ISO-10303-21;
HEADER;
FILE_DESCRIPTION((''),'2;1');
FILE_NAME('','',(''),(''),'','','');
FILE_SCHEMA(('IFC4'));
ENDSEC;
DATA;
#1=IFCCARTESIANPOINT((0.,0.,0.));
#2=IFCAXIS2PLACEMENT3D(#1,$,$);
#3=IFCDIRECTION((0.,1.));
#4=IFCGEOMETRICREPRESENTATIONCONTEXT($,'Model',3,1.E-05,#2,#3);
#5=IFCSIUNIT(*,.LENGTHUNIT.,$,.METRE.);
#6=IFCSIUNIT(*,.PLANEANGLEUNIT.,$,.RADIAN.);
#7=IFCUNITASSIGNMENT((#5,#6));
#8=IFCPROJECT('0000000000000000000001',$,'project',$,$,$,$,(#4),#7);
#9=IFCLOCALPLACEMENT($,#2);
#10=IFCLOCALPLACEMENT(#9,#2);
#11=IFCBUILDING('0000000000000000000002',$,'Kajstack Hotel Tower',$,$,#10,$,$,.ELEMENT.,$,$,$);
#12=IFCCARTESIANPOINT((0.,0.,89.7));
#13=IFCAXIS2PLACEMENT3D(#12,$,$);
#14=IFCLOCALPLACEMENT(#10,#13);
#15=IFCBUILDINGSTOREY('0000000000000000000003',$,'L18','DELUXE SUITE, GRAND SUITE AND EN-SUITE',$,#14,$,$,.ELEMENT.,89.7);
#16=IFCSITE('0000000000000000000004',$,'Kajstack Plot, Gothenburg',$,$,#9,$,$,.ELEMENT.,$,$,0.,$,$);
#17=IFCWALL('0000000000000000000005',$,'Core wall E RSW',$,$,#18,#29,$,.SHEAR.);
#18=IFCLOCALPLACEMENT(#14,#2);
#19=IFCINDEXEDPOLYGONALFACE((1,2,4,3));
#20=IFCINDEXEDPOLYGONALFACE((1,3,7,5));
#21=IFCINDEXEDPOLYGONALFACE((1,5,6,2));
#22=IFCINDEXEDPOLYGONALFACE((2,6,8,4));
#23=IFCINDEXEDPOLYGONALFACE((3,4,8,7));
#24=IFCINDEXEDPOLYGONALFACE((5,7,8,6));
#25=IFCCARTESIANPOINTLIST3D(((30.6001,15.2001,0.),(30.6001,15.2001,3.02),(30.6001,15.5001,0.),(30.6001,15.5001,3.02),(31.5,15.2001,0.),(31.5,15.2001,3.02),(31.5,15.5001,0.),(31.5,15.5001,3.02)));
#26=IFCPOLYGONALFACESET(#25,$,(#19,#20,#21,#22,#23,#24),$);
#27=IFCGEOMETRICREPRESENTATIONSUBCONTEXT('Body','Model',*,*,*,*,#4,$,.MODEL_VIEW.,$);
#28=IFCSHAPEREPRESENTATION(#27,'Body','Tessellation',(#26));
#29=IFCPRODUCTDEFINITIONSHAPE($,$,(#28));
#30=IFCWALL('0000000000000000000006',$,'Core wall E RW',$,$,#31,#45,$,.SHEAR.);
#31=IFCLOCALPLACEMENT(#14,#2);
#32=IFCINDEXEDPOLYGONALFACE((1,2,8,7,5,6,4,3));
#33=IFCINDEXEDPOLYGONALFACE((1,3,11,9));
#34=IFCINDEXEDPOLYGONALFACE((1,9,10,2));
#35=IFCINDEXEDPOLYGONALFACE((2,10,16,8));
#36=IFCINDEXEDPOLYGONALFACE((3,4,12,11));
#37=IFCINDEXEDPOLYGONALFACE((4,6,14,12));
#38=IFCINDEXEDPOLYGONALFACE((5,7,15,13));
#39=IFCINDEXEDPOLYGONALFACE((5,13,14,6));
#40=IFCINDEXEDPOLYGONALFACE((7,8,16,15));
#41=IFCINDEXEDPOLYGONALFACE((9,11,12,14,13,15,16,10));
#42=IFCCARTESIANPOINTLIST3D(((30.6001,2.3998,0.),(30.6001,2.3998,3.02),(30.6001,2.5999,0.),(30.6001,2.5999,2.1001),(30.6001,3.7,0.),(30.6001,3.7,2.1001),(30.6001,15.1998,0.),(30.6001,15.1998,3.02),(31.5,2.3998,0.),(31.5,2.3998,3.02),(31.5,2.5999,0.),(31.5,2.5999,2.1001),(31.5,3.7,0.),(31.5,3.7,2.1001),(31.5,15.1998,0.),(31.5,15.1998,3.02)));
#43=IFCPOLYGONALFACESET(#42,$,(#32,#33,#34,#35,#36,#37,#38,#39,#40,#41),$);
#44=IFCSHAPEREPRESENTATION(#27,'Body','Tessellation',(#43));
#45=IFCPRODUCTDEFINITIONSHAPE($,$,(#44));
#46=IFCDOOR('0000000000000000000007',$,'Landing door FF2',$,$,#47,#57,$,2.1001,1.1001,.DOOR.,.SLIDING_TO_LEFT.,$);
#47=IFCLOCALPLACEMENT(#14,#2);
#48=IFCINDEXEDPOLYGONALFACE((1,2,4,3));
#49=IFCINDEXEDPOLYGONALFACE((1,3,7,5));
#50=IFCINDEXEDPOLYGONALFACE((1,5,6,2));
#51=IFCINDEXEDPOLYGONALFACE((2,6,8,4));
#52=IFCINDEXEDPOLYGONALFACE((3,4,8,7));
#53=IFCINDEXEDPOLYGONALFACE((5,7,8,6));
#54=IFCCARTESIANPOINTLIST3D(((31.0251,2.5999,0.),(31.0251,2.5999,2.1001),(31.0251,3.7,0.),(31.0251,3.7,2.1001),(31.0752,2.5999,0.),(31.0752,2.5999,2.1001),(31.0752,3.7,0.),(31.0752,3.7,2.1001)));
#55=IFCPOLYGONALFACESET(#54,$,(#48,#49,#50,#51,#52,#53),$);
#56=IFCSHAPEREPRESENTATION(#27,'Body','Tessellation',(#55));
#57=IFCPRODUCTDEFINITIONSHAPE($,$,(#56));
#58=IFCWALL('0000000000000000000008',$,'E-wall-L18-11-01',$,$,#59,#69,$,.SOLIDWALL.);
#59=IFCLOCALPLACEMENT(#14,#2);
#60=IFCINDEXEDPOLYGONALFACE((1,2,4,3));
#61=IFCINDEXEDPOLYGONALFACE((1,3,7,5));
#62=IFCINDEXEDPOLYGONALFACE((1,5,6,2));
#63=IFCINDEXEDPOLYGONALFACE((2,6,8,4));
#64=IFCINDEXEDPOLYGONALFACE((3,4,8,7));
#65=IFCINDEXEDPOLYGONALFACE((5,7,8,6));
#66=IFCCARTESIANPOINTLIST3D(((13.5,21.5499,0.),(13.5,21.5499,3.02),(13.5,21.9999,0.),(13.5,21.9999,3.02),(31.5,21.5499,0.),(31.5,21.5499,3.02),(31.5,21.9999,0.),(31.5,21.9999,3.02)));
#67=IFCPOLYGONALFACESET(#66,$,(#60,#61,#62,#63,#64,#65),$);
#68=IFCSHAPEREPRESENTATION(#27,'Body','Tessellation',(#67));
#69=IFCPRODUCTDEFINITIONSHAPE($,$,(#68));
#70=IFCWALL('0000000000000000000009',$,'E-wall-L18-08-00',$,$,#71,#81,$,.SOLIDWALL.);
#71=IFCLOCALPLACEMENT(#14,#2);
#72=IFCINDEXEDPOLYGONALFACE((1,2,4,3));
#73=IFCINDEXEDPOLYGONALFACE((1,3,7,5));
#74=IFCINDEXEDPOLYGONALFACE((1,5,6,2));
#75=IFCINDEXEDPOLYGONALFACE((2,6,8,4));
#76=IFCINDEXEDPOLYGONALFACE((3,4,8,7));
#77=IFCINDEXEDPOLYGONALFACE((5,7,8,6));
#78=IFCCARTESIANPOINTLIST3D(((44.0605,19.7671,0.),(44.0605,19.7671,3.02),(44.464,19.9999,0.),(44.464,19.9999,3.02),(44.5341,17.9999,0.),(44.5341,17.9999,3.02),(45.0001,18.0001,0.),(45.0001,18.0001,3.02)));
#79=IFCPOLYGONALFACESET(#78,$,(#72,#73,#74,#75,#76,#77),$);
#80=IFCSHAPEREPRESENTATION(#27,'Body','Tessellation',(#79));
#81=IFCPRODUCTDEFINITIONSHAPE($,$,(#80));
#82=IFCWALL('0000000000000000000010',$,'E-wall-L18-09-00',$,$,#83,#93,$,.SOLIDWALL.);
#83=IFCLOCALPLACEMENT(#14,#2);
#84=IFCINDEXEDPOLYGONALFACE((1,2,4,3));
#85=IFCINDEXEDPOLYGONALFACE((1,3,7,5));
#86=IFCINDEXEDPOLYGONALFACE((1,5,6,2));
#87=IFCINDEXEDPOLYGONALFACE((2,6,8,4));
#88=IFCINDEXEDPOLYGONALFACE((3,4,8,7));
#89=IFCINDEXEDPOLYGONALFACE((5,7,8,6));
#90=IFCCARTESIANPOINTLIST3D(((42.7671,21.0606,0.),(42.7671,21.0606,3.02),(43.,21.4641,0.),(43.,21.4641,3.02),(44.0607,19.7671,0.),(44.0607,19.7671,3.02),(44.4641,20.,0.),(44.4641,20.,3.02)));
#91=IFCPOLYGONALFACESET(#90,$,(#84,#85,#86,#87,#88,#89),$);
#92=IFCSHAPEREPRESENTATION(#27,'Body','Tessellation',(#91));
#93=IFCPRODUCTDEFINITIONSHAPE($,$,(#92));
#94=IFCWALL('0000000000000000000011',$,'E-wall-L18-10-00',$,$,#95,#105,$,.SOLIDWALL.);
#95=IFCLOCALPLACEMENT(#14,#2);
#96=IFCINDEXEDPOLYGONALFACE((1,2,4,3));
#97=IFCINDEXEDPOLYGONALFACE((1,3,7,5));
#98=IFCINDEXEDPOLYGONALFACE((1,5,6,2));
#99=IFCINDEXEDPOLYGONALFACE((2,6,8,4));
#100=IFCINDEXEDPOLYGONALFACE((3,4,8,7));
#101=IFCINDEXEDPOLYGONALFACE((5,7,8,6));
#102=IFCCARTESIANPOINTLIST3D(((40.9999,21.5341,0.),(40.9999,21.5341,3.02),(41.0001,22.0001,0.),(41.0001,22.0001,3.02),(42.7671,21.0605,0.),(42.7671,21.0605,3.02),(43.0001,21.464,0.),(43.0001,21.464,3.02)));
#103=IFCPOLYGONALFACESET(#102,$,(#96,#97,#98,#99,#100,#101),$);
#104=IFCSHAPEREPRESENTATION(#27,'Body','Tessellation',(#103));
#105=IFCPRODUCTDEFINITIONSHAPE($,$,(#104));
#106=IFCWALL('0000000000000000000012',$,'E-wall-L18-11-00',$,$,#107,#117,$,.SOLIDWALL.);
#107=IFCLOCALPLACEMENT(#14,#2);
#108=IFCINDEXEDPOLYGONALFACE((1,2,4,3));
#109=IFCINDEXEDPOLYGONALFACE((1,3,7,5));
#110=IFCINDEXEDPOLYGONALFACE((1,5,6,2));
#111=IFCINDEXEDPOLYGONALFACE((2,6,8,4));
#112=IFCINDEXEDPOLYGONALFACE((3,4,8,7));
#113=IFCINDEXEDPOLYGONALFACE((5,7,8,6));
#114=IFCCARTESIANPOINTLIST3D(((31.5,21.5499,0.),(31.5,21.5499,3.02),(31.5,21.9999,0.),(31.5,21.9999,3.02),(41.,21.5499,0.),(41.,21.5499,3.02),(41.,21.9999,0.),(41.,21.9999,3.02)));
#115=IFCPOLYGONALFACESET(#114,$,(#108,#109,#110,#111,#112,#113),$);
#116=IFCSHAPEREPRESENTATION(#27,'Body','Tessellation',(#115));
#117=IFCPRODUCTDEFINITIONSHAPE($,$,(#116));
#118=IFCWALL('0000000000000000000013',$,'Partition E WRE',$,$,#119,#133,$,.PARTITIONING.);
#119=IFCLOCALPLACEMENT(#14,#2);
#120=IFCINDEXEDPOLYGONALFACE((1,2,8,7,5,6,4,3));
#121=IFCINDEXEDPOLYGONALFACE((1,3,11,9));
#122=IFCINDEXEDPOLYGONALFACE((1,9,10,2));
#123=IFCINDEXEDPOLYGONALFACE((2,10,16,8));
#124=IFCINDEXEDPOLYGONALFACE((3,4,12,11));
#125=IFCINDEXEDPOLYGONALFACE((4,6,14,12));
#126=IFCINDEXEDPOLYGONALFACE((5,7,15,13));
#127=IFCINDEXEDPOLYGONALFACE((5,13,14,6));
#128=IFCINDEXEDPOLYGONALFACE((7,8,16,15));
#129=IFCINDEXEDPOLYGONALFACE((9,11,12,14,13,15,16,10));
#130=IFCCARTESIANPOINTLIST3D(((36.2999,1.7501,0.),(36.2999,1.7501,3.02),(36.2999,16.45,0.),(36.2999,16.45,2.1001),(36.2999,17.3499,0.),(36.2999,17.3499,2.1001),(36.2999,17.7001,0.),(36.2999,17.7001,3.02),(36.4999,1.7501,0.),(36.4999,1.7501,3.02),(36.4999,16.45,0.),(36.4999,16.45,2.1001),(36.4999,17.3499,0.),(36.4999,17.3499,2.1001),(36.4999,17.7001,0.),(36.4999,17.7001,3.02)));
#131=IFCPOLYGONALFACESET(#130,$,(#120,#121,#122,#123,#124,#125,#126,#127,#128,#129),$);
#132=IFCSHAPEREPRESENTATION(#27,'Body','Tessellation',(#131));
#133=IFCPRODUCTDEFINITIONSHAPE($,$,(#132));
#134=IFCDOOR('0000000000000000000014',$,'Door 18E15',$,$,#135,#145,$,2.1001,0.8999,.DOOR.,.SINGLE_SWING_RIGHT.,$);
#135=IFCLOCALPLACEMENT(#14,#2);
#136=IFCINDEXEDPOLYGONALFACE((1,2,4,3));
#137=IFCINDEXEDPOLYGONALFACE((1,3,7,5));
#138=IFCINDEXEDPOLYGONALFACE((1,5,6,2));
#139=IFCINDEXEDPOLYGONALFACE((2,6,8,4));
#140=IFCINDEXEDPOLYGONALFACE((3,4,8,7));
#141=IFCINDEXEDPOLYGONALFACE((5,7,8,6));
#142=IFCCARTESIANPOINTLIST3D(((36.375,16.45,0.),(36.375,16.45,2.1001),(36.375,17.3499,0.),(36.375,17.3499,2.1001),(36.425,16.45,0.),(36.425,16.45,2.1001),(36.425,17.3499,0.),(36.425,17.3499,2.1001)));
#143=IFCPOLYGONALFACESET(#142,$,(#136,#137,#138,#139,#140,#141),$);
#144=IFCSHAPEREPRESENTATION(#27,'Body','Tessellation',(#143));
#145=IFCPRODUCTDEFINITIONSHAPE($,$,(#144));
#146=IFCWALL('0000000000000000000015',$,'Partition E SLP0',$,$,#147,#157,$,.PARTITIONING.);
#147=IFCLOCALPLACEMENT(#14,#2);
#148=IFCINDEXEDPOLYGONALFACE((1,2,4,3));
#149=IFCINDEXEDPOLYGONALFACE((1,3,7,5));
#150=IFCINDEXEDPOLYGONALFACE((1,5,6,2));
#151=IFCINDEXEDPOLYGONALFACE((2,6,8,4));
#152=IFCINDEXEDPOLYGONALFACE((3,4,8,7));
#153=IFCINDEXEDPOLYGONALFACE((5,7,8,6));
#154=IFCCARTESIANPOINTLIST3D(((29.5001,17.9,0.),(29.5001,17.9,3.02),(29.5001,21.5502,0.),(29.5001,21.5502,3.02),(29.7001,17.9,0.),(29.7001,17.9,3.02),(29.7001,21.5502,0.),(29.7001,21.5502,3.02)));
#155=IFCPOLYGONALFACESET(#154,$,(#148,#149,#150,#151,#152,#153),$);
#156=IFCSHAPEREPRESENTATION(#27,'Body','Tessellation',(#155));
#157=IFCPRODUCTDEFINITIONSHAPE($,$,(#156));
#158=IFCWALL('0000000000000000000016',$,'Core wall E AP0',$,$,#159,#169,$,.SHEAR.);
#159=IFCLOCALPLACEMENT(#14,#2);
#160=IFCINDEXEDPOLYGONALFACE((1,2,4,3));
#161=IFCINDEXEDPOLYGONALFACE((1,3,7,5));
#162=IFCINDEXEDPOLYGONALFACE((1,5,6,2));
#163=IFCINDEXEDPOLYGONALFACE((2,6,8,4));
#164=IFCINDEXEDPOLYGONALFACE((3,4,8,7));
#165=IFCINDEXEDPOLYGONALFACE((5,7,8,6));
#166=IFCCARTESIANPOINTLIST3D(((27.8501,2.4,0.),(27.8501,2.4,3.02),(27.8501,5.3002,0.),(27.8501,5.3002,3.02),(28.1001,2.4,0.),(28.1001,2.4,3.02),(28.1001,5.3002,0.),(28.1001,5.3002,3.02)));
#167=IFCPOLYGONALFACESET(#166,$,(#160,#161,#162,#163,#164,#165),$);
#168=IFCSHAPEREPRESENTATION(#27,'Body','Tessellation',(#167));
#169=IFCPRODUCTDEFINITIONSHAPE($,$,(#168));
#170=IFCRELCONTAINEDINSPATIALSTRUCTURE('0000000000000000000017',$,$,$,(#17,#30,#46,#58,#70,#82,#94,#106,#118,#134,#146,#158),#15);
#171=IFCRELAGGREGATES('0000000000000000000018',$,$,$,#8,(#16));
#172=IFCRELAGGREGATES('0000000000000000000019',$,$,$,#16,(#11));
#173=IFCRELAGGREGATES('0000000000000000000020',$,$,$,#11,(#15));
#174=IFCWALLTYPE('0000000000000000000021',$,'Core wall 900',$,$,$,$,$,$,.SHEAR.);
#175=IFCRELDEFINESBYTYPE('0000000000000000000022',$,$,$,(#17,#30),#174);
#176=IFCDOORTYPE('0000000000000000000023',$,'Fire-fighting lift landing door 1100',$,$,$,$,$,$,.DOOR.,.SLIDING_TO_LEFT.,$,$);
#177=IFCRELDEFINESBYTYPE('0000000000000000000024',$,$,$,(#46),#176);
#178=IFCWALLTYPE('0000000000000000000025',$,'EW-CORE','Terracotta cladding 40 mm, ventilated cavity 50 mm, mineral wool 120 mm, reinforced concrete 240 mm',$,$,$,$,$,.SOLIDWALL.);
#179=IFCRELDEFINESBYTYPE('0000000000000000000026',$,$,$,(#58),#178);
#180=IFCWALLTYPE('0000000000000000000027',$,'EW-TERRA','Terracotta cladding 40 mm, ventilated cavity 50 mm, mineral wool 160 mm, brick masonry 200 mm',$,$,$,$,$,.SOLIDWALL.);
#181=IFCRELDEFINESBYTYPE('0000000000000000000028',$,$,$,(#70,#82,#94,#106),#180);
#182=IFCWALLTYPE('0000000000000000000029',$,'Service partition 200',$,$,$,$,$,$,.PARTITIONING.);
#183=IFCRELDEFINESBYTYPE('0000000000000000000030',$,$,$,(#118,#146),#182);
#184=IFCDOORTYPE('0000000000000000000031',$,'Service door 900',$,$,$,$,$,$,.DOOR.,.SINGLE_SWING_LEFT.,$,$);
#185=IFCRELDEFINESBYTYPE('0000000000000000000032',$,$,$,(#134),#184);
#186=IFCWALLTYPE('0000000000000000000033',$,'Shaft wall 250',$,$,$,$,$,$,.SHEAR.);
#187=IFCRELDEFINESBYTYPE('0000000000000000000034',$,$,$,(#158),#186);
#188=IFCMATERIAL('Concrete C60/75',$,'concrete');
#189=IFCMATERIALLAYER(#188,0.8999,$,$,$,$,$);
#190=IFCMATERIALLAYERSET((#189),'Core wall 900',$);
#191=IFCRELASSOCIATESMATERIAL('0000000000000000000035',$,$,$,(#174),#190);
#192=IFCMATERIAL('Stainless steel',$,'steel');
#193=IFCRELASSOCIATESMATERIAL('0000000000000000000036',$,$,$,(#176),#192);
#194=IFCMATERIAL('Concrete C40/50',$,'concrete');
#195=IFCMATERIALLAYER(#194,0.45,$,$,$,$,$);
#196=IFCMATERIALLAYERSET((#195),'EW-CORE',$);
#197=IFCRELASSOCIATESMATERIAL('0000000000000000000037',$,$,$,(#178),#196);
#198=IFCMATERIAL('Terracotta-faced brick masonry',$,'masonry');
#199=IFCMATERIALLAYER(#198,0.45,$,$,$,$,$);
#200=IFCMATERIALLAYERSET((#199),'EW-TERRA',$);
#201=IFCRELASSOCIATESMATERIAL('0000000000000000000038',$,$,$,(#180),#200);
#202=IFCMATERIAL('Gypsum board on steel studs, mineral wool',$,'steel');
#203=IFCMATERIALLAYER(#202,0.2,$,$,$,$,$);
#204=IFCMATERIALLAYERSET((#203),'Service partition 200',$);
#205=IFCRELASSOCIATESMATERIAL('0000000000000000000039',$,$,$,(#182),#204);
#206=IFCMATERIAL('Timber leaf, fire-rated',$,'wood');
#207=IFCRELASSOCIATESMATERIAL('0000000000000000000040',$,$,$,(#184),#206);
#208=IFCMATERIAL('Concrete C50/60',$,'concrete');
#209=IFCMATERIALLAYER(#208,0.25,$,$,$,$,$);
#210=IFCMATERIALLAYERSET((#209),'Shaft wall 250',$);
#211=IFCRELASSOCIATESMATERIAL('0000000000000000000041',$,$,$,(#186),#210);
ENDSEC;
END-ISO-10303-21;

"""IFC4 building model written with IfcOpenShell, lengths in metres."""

from ifc_helpers import new_model, si_unit, direction, frame, frame_2d, origin, place, context, subcontext, project, spatial, polyline, rectangle, outline, extrude, material, layer, layer_set, type_object, element, fill, save


model = new_model("IFC4")

# Units and contexts
model_context = context("Model", 3, precision=1e-05, world=origin(), true_north=direction((0.0, 1.0)))
body_context = subcontext(model_context, "Body", "Model", "MODEL_VIEW")
ifc_project = project(units=[si_unit("LENGTHUNIT", "METRE"), si_unit("PLANEANGLEUNIT", "RADIAN")], contexts=[model_context])

# Site, building, storey
site_placement = place(None, origin())
site = spatial("IfcSite", under=ifc_project, at=site_placement, Name="Kajstack Plot, Gothenburg", CompositionType="ELEMENT", RefElevation=0.0)
building_placement = place(site_placement, origin())
building = spatial("IfcBuilding", under=site, at=building_placement, Name="Kajstack Hotel Tower", CompositionType="ELEMENT")
storey_placement = place(building_placement, frame((0.0, 0.0, 89.7)))
storey = spatial("IfcBuildingStorey", under=building, at=storey_placement, Name="L18", Description="DELUXE SUITE, GRAND SUITE AND EN-SUITE", CompositionType="ELEMENT", Elevation=89.7)

# Wall
ifc_material_1 = material(Name="Concrete C60/75", Category="concrete")
ifc_layer_1 = layer(ifc_material_1, 0.8999)
ifc_layer_set_1 = layer_set([ifc_layer_1], Name="Core wall 900")
wall_type_1 = type_object("IfcWallType", Name="Core wall 900", PredefinedType="SHEAR", material=ifc_layer_set_1)
wall_1_placement = place(storey_placement, frame((30.6001, 15.3501, 0.0), z_axis=(0.0, 0.0, 1.0), x_axis=(1.0, 0.0, 0.0)))
element("IfcWall", 1, at=wall_1_placement, inside=storey, type_object=wall_type_1, Name="Core wall E RSW", PredefinedType="SHEAR", context=body_context, shape_type="SweptSolid", body=[
    extrude(rectangle(XDim=0.8999, YDim=0.3, at=frame_2d((0.45, 0.0))), origin(), (0.0, 0.0, 1.0), 3.02),
])

# Wall, opening, door
wall_2_placement = place(storey_placement, frame((31.05, 2.3999, 0.0), z_axis=(0.0, 0.0, 1.0), x_axis=(0.0, 1.0, 0.0)))
wall_2 = element("IfcWall", 2, at=wall_2_placement, inside=storey, type_object=wall_type_1, Name="Core wall E RW", PredefinedType="SHEAR", context=body_context, shape_type="SweptSolid", body=[
    extrude(rectangle(XDim=12.8, YDim=0.8999, at=frame_2d((6.3999, 0.0))), origin(), (0.0, 0.0, 1.0), 3.02),
])
opening_1_placement = place(wall_2_placement, frame((0.2, 0.0, 0.0)))
opening_1 = element("IfcOpeningElement", 3, at=opening_1_placement, cuts=wall_2, PredefinedType="OPENING", context=body_context, shape_type="SweptSolid", body=[
    extrude(rectangle(XDim=1.1001, YDim=2.1001, at=frame_2d((0.55, 1.05))), frame((0.0, 0.46, 0.0), z_axis=(0.0, -1.0, 0.0), x_axis=(1.0, 0.0, 0.0)), (0.0, 0.0, 1.0), 0.9199),
])
ifc_material_2 = material(Name="Stainless steel", Category="steel")
door_type_1 = type_object("IfcDoorType", Name="Fire-fighting lift landing door 1100", OperationType="SLIDING_TO_LEFT", PredefinedType="DOOR", material=ifc_material_2)
door_1_placement = place(opening_1_placement, origin())
door_1 = element("IfcDoor", 4, at=door_1_placement, inside=storey, type_object=door_type_1, Name="Landing door FF2", OperationType="SLIDING_TO_LEFT", OverallHeight=2.1001, OverallWidth=1.1001, PredefinedType="DOOR", context=body_context, shape_type="SweptSolid", body=[
    extrude(rectangle(XDim=1.1001, YDim=2.1001, at=frame_2d((0.55, 1.05))), frame((0.0, 0.0249, 0.0), z_axis=(0.0, -1.0, 0.0), x_axis=(1.0, 0.0, 0.0)), (0.0, 0.0, 1.0), 0.05),
])
fill(opening_1, door_1)

# Walls
ifc_material_3 = material(Name="Concrete C40/50", Category="concrete")
ifc_layer_2 = layer(ifc_material_3, 0.45)
ifc_layer_set_2 = layer_set([ifc_layer_2], Name="EW-CORE")
wall_type_2 = type_object("IfcWallType", Name="EW-CORE", Description="Terracotta cladding 40 mm, ventilated cavity 50 mm, mineral wool 120 mm, reinforced concrete 240 mm", PredefinedType="SOLIDWALL", material=ifc_layer_set_2)
wall_3_placement = place(storey_placement, frame((31.5, 21.7749, 0.0), z_axis=(0.0, 0.0, 1.0), x_axis=(-1.0, 0.0, 0.0)))
element("IfcWall", 5, at=wall_3_placement, inside=storey, type_object=wall_type_2, Name="E-wall-L18-11-01", PredefinedType="SOLIDWALL", context=body_context, shape_type="SweptSolid", body=[
    extrude(rectangle(XDim=18.0, YDim=0.45, at=frame_2d((9.0, 0.0))), origin(), (0.0, 0.0, 1.0), 3.02),
])
ifc_material_4 = material(Name="Terracotta-faced brick masonry", Category="masonry")
ifc_layer_3 = layer(ifc_material_4, 0.45)
ifc_layer_set_3 = layer_set([ifc_layer_3], Name="EW-TERRA")
wall_type_3 = type_object("IfcWallType", Name="EW-TERRA", Description="Terracotta cladding 40 mm, ventilated cavity 50 mm, mineral wool 160 mm, brick masonry 200 mm", PredefinedType="SOLIDWALL", material=ifc_layer_set_3)
wall_4_placement = place(storey_placement, frame((44.7827, 17.9417, 0.0), z_axis=(0.0, 0.0, 1.0), x_axis=(-0.258815, 0.965927, 0.0)))
element("IfcWall", 6, at=wall_4_placement, inside=storey, type_object=wall_type_3, Name="E-wall-L18-08-00", PredefinedType="SOLIDWALL", context=body_context, shape_type="SweptSolid", body=[
    extrude(outline(polyline([(0.0002, -0.2251), (2.0706, -0.2249), (1.9502, 0.2251), (0.1206, 0.2251), (0.0002, -0.2251)])), origin(), (0.0, 0.0, 1.0), 3.02),
])
wall_5_placement = place(storey_placement, frame((44.3049, 19.8408, 0.0), z_axis=(0.0, 0.0, 1.0), x_axis=(-0.707107, 0.707107, 0.0)))
element("IfcWall", 7, at=wall_5_placement, inside=storey, type_object=wall_type_3, Name="E-wall-L18-09-00", PredefinedType="SOLIDWALL", context=body_context, shape_type="SweptSolid", body=[
    extrude(outline(polyline([(0.0, -0.2251), (2.0706, -0.2251), (1.95, 0.2249), (0.1206, 0.2249), (0.0, -0.2251)])), origin(), (0.0, 0.0, 1.0), 3.02),
])
wall_6_placement = place(storey_placement, frame((42.9417, 21.2468, 0.0), z_axis=(0.0, 0.0, 1.0), x_axis=(-0.965927, 0.258815, 0.0)))
element("IfcWall", 8, at=wall_6_placement, inside=storey, type_object=wall_type_3, Name="E-wall-L18-10-00", PredefinedType="SOLIDWALL", context=body_context, shape_type="SweptSolid", body=[
    extrude(outline(polyline([(-0.0002, -0.2249), (2.0703, -0.2251), (1.95, 0.2251), (0.1204, 0.2251), (-0.0002, -0.2249)])), origin(), (0.0, 0.0, 1.0), 3.02),
])
wall_7_placement = place(storey_placement, frame((41.0, 21.7749, 0.0), z_axis=(0.0, 0.0, 1.0), x_axis=(-1.0, 0.0, 0.0)))
element("IfcWall", 9, at=wall_7_placement, inside=storey, type_object=wall_type_3, Name="E-wall-L18-11-00", PredefinedType="SOLIDWALL", context=body_context, shape_type="SweptSolid", body=[
    extrude(rectangle(XDim=9.5, YDim=0.45, at=frame_2d((4.75, 0.0))), origin(), (0.0, 0.0, 1.0), 3.02),
])

# Wall, opening, door
ifc_material_5 = material(Name="Gypsum board on steel studs, mineral wool", Category="steel")
ifc_layer_4 = layer(ifc_material_5, 0.2)
ifc_layer_set_4 = layer_set([ifc_layer_4], Name="Service partition 200")
wall_type_4 = type_object("IfcWallType", Name="Service partition 200", PredefinedType="PARTITIONING", material=ifc_layer_set_4)
wall_8_placement = place(storey_placement, frame((36.3999, 1.75, 0.0), z_axis=(0.0, 0.0, 1.0), x_axis=(0.0, 1.0, 0.0)))
wall_8 = element("IfcWall", 10, at=wall_8_placement, inside=storey, type_object=wall_type_4, Name="Partition E WRE", PredefinedType="PARTITIONING", context=body_context, shape_type="SweptSolid", body=[
    extrude(rectangle(XDim=15.95, YDim=0.2, at=frame_2d((7.9751, 0.0))), origin(), (0.0, 0.0, 1.0), 3.02),
])
opening_2_placement = place(wall_8_placement, frame((14.7, 0.0, 0.0)))
opening_2 = element("IfcOpeningElement", 11, at=opening_2_placement, cuts=wall_8, PredefinedType="OPENING", context=body_context, shape_type="SweptSolid", body=[
    extrude(rectangle(XDim=0.8999, YDim=2.1001, at=frame_2d((0.45, 1.05))), frame((0.0, 0.1099, 0.0), z_axis=(0.0, -1.0, 0.0), x_axis=(1.0, 0.0, 0.0)), (0.0, 0.0, 1.0), 0.22),
])
ifc_material_6 = material(Name="Timber leaf, fire-rated", Category="wood")
door_type_2 = type_object("IfcDoorType", Name="Service door 900", OperationType="SINGLE_SWING_LEFT", PredefinedType="DOOR", material=ifc_material_6)
door_2_placement = place(opening_2_placement, origin())
door_2 = element("IfcDoor", 12, at=door_2_placement, inside=storey, type_object=door_type_2, Name="Door 18E15", OperationType="SINGLE_SWING_RIGHT", OverallHeight=2.1001, OverallWidth=0.8999, PredefinedType="DOOR", context=body_context, shape_type="SweptSolid", body=[
    extrude(rectangle(XDim=0.8999, YDim=2.1001, at=frame_2d((0.45, 1.05))), frame((0.0, 0.0249, 0.0), z_axis=(0.0, -1.0, 0.0), x_axis=(1.0, 0.0, 0.0)), (0.0, 0.0, 1.0), 0.05),
])
fill(opening_2, door_2)

# Walls
wall_9_placement = place(storey_placement, frame((29.6001, 17.8999, 0.0), z_axis=(0.0, 0.0, 1.0), x_axis=(0.0, 1.0, 0.0)))
element("IfcWall", 13, at=wall_9_placement, inside=storey, type_object=wall_type_4, Name="Partition E SLP0", PredefinedType="PARTITIONING", context=body_context, shape_type="SweptSolid", body=[
    extrude(rectangle(XDim=3.6501, YDim=0.2, at=frame_2d((1.8252, 0.0))), origin(), (0.0, 0.0, 1.0), 3.02),
])
ifc_material_7 = material(Name="Concrete C50/60", Category="concrete")
ifc_layer_5 = layer(ifc_material_7, 0.25)
ifc_layer_set_5 = layer_set([ifc_layer_5], Name="Shaft wall 250")
wall_type_5 = type_object("IfcWallType", Name="Shaft wall 250", PredefinedType="SHEAR", material=ifc_layer_set_5)
wall_10_placement = place(storey_placement, frame((27.9751, 2.3999, 0.0), z_axis=(0.0, 0.0, 1.0), x_axis=(0.0, 1.0, 0.0)))
element("IfcWall", 14, at=wall_10_placement, inside=storey, type_object=wall_type_5, Name="Core wall E AP0", PredefinedType="SHEAR", context=body_context, shape_type="SweptSolid", body=[
    extrude(rectangle(XDim=2.9001, YDim=0.25, at=frame_2d((1.4502, 0.0))), origin(), (0.0, 0.0, 1.0), 3.02),
])

save(model, "model.ifc")
